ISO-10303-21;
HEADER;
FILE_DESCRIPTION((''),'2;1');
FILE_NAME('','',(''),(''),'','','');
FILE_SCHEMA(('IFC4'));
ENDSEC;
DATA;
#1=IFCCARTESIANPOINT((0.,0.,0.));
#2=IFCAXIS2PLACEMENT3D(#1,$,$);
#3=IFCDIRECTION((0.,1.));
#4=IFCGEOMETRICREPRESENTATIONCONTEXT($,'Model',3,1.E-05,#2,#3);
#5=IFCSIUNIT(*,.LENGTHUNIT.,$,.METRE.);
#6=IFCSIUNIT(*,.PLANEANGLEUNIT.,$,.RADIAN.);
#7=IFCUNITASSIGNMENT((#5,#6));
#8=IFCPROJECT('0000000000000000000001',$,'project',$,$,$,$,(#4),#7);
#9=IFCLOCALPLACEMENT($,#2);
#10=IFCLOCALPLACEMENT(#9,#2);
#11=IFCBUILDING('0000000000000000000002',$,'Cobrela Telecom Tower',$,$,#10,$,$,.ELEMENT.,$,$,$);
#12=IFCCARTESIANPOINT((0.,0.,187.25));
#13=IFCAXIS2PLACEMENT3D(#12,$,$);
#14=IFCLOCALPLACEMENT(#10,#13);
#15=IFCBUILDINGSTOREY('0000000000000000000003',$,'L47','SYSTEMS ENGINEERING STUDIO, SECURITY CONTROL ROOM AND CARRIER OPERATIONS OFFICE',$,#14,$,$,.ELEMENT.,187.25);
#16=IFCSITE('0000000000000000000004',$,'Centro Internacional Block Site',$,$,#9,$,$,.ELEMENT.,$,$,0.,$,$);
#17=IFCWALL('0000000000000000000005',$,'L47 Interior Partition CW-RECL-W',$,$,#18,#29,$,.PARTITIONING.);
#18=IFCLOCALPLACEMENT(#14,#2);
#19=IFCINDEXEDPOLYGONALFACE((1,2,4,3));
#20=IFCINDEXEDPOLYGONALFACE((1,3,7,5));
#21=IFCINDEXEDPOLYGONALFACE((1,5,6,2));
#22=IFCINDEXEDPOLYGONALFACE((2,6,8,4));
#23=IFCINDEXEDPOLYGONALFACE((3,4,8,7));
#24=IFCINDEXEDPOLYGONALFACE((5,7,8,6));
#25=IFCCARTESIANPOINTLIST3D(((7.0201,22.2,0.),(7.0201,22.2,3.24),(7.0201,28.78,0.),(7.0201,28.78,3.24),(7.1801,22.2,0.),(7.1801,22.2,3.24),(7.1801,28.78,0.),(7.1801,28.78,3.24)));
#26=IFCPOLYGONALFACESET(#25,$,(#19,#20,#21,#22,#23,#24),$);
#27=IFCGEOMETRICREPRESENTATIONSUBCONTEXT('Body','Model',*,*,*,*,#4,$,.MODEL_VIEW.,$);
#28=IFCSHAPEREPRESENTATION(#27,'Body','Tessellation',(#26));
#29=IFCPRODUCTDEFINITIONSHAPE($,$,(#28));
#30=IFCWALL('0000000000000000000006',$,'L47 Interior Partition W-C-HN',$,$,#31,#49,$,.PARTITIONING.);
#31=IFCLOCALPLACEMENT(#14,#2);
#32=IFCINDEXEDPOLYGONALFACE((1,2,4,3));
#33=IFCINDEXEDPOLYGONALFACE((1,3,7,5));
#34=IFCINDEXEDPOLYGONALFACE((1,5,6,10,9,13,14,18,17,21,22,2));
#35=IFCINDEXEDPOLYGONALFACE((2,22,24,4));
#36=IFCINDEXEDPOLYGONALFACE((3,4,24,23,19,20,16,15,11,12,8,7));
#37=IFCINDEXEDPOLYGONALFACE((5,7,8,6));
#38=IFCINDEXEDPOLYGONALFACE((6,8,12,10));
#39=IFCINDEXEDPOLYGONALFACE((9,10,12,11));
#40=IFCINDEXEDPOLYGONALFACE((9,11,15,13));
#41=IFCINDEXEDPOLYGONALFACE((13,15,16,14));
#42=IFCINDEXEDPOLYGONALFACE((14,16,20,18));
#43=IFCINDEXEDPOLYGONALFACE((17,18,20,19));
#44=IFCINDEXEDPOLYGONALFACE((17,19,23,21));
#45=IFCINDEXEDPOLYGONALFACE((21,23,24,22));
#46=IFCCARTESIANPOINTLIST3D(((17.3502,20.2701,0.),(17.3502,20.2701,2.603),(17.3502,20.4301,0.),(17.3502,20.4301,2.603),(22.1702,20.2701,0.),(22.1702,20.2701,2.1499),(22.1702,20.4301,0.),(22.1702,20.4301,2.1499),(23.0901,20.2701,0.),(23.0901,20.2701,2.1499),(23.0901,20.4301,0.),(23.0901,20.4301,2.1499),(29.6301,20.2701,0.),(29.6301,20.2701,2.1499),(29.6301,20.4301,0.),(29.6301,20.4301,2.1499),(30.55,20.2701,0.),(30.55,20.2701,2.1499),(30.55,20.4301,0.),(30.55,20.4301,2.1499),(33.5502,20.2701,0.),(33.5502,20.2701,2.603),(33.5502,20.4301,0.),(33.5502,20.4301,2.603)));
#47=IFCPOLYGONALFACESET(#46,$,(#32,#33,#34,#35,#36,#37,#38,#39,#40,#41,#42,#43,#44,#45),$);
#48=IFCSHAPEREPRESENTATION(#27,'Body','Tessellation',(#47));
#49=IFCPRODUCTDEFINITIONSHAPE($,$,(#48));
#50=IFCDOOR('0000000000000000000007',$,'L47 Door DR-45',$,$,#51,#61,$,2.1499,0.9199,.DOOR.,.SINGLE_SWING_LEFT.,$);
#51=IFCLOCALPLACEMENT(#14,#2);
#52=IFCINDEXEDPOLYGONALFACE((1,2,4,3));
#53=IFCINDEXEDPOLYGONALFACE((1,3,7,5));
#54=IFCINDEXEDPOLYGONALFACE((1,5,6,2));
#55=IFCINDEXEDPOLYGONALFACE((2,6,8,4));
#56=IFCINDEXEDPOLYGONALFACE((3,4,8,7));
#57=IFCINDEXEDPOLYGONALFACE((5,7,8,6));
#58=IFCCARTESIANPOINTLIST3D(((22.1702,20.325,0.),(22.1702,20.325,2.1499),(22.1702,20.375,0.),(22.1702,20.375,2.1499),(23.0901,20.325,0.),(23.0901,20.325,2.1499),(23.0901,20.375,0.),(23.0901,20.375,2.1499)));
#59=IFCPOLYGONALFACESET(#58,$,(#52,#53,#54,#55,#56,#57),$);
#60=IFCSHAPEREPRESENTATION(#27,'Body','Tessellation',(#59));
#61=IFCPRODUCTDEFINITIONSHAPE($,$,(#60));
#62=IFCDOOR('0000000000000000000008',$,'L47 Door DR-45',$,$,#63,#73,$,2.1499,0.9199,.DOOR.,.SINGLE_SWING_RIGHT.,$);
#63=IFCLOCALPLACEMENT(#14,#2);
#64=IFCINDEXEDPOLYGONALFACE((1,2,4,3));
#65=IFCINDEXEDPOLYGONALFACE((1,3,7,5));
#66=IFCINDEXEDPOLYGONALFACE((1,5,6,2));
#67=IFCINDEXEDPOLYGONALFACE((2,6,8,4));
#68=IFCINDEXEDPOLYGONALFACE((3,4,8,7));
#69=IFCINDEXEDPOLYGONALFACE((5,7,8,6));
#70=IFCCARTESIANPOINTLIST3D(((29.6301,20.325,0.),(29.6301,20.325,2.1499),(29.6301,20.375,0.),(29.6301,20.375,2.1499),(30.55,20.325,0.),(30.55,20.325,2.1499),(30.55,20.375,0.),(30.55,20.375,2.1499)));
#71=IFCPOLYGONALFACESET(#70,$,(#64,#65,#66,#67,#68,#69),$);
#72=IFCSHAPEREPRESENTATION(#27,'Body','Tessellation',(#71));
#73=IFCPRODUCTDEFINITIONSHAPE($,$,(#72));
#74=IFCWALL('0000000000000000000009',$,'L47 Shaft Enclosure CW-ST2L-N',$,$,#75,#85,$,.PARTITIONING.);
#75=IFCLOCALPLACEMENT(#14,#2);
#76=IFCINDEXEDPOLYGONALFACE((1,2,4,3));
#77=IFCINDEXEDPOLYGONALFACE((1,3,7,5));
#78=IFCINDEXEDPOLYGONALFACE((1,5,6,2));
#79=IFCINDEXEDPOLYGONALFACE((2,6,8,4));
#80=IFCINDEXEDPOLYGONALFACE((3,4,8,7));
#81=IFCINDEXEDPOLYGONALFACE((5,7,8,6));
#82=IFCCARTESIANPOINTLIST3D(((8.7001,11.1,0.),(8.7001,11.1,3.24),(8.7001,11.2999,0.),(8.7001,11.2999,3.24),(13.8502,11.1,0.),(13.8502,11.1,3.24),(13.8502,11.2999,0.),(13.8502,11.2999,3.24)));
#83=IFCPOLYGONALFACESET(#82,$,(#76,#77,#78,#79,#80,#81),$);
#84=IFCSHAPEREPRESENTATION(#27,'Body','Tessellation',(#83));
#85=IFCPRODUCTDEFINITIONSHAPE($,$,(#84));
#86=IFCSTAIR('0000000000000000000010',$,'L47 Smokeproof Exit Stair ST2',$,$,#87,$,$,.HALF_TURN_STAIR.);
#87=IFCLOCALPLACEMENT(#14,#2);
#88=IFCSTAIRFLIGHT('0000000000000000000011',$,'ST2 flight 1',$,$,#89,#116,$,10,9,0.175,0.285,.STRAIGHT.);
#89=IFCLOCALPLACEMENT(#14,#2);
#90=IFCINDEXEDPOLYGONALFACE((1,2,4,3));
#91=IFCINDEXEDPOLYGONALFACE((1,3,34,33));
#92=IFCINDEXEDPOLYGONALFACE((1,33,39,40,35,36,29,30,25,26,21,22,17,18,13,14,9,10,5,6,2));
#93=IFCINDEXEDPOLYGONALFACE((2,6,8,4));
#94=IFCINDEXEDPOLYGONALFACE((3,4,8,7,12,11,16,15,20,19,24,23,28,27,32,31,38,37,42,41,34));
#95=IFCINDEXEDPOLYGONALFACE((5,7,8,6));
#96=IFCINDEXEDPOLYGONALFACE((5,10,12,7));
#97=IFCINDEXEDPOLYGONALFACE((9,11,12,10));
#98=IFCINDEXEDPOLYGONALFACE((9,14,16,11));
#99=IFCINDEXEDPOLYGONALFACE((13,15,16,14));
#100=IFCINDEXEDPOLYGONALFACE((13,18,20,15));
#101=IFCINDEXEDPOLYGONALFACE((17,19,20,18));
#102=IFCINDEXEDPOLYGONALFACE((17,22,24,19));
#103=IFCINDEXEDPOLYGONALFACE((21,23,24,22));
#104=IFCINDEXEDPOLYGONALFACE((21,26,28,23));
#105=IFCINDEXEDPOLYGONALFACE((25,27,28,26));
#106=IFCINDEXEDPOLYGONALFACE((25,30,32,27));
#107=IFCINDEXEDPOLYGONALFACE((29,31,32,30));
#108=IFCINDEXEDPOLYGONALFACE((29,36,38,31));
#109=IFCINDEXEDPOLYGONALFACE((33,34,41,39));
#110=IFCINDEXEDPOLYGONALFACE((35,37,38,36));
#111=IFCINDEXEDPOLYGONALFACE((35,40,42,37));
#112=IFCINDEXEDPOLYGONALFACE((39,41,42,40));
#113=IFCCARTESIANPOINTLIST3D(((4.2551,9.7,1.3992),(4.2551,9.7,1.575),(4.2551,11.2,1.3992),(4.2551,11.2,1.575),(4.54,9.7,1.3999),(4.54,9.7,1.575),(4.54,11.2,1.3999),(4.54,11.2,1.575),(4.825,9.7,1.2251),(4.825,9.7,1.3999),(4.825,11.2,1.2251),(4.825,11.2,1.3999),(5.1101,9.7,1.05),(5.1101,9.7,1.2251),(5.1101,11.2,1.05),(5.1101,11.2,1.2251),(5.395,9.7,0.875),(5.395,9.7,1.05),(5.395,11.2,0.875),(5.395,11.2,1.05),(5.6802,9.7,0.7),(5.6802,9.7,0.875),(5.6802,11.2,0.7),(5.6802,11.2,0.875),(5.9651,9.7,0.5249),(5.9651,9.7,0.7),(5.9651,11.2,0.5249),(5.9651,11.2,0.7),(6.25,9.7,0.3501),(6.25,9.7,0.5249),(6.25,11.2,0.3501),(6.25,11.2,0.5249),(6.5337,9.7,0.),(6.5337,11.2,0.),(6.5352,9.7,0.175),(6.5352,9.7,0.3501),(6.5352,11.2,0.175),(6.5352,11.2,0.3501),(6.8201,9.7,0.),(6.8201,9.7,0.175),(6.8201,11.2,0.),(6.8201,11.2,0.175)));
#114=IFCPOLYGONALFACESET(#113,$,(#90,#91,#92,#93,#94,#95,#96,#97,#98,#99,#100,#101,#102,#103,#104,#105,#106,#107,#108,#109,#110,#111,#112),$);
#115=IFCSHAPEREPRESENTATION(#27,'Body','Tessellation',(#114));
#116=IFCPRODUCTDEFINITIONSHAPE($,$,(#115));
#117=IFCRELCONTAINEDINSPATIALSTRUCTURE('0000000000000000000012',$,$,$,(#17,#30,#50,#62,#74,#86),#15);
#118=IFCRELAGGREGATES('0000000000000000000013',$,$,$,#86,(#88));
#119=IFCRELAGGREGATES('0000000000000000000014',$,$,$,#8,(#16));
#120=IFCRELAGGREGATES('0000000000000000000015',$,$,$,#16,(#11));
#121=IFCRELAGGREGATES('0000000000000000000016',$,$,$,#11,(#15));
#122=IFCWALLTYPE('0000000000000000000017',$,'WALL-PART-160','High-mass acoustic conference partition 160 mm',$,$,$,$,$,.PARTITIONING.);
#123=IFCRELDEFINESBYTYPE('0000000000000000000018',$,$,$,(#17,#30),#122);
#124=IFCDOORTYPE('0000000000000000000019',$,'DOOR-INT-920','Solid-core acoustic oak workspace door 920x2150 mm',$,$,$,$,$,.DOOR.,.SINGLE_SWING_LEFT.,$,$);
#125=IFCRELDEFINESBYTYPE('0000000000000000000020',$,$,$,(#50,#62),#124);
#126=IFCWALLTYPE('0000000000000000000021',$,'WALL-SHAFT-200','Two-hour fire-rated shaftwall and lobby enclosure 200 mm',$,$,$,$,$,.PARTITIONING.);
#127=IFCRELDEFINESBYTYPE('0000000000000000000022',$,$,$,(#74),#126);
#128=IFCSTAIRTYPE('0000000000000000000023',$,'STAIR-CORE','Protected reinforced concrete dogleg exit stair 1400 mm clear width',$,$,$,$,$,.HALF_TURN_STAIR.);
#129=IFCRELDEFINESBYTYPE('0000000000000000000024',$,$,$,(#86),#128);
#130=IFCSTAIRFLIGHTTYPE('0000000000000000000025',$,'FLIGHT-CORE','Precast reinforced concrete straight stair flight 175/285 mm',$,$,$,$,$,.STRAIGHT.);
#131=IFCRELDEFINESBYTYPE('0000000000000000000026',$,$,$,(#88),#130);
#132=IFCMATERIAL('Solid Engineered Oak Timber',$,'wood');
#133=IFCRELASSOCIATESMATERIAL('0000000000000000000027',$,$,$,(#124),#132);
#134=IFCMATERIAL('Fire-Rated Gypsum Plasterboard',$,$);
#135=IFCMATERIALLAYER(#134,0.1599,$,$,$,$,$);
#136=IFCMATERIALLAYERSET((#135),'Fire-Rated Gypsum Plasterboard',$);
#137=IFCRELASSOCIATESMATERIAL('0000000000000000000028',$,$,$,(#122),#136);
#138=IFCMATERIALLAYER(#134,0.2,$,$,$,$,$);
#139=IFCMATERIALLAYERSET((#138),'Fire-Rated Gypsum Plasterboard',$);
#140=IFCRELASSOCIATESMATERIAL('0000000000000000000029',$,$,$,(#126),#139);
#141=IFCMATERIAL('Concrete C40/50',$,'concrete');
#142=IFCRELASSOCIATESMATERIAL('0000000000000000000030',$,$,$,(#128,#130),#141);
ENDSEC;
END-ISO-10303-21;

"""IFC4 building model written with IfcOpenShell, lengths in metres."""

from ifc_helpers import new_model, si_unit, direction, frame, frame_2d, origin, place, context, subcontext, project, spatial, polyline, rectangle, outline, extrude, material, layer, layer_set, type_object, element, fill, aggregate, save


model = new_model("IFC4")

# Units and contexts
model_context = context("Model", 3, precision=1e-05, world=origin(), true_north=direction((0.0, 1.0)))
body_context = subcontext(model_context, "Body", "Model", "MODEL_VIEW")
ifc_project = project(units=[si_unit("LENGTHUNIT", "METRE"), si_unit("PLANEANGLEUNIT", "RADIAN")], contexts=[model_context])

# Site, building, storey
site_placement = place(None, origin())
site = spatial("IfcSite", under=ifc_project, at=site_placement, Name="Centro Internacional Block Site", CompositionType="ELEMENT", RefElevation=0.0)
building_placement = place(site_placement, origin())
building = spatial("IfcBuilding", under=site, at=building_placement, Name="Cobrela Telecom Tower", CompositionType="ELEMENT")
storey_placement = place(building_placement, frame((0.0, 0.0, 187.25)))
storey = spatial("IfcBuildingStorey", under=building, at=storey_placement, Name="L47", Description="SYSTEMS ENGINEERING STUDIO, SECURITY CONTROL ROOM AND CARRIER OPERATIONS OFFICE", CompositionType="ELEMENT", Elevation=187.25)

# Shared definitions
ifc_material_1 = material(Name="Fire-Rated Gypsum Plasterboard")
ifc_material_2 = material(Name="Solid Engineered Oak Timber", Category="wood")
door_type_1 = type_object("IfcDoorType", Name="DOOR-INT-920", Description="Solid-core acoustic oak workspace door 920x2150 mm", OperationType="SINGLE_SWING_LEFT", PredefinedType="DOOR", material=ifc_material_2)

# Wall
ifc_layer_1 = layer(ifc_material_1, 0.1599)
ifc_layer_set_1 = layer_set([ifc_layer_1], Name="Fire-Rated Gypsum Plasterboard")
wall_type_1 = type_object("IfcWallType", Name="WALL-PART-160", Description="High-mass acoustic conference partition 160 mm", PredefinedType="PARTITIONING", material=ifc_layer_set_1)
wall_1_placement = place(storey_placement, frame((7.1001, 22.2, 0.0), z_axis=(0.0, 0.0, 1.0), x_axis=(0.0, 1.0, 0.0)))
element("IfcWall", 1, at=wall_1_placement, inside=storey, type_object=wall_type_1, Name="L47 Interior Partition CW-RECL-W", PredefinedType="PARTITIONING", context=body_context, shape_type="SweptSolid", body=[
    extrude(rectangle(XDim=6.5801, YDim=0.1599, at=frame_2d((3.29, 0.0))), origin(), (0.0, 0.0, 1.0), 3.24),
])

# Wall, openings, doors
wall_2_placement = place(storey_placement, frame((17.3501, 20.3501, 0.0), z_axis=(0.0, 0.0, 1.0), x_axis=(1.0, 0.0, 0.0)))
wall_2 = element("IfcWall", 2, at=wall_2_placement, inside=storey, type_object=wall_type_1, Name="L47 Interior Partition W-C-HN", PredefinedType="PARTITIONING", context=body_context, shape_type="SweptSolid", body=[
    extrude(rectangle(XDim=16.2, YDim=0.1599, at=frame_2d((8.1001, 0.0))), origin(), (0.0, 0.0, 1.0), 2.603),
])
opening_1_placement = place(wall_2_placement, frame((4.8201, 0.0, 0.0)))
opening_1 = element("IfcOpeningElement", 3, at=opening_1_placement, cuts=wall_2, PredefinedType="OPENING", context=body_context, shape_type="SweptSolid", body=[
    extrude(rectangle(XDim=0.9199, YDim=2.1499, at=frame_2d((0.46, 1.075))), frame((0.0, 0.0918, 0.0), z_axis=(0.0, -1.0, 0.0), x_axis=(1.0, 0.0, 0.0)), (0.0, 0.0, 1.0), 0.1838),
])
opening_2_placement = place(wall_2_placement, frame((12.28, 0.0, 0.0)))
opening_2 = element("IfcOpeningElement", 4, at=opening_2_placement, cuts=wall_2, PredefinedType="OPENING", context=body_context, shape_type="SweptSolid", body=[
    extrude(rectangle(XDim=0.9199, YDim=2.1499, at=frame_2d((0.46, 1.075))), frame((0.0, 0.0918, 0.0), z_axis=(0.0, -1.0, 0.0), x_axis=(1.0, 0.0, 0.0)), (0.0, 0.0, 1.0), 0.1838),
])
door_1_placement = place(opening_1_placement, origin())
door_1 = element("IfcDoor", 5, at=door_1_placement, inside=storey, type_object=door_type_1, Name="L47 Door DR-45", OperationType="SINGLE_SWING_LEFT", OverallHeight=2.1499, OverallWidth=0.9199, PredefinedType="DOOR", context=body_context, shape_type="SweptSolid", body=[
    extrude(rectangle(XDim=0.9199, YDim=2.1499, at=frame_2d((0.46, 1.075))), frame((0.0, 0.0249, 0.0), z_axis=(0.0, -1.0, 0.0), x_axis=(1.0, 0.0, 0.0)), (0.0, 0.0, 1.0), 0.05),
])
fill(opening_1, door_1)
door_2_placement = place(opening_2_placement, origin())
door_2 = element("IfcDoor", 6, at=door_2_placement, inside=storey, type_object=door_type_1, Name="L47 Door DR-45", OperationType="SINGLE_SWING_RIGHT", OverallHeight=2.1499, OverallWidth=0.9199, PredefinedType="DOOR", context=body_context, shape_type="SweptSolid", body=[
    extrude(rectangle(XDim=0.9199, YDim=2.1499, at=frame_2d((0.46, 1.075))), frame((0.0, 0.0249, 0.0), z_axis=(0.0, -1.0, 0.0), x_axis=(1.0, 0.0, 0.0)), (0.0, 0.0, 1.0), 0.05),
])
fill(opening_2, door_2)

# Wall
ifc_layer_2 = layer(ifc_material_1, 0.2)
ifc_layer_set_2 = layer_set([ifc_layer_2], Name="Fire-Rated Gypsum Plasterboard")
wall_type_2 = type_object("IfcWallType", Name="WALL-SHAFT-200", Description="Two-hour fire-rated shaftwall and lobby enclosure 200 mm", PredefinedType="PARTITIONING", material=ifc_layer_set_2)
wall_3_placement = place(storey_placement, frame((8.7, 11.2, 0.0), z_axis=(0.0, 0.0, 1.0), x_axis=(1.0, 0.0, 0.0)))
element("IfcWall", 7, at=wall_3_placement, inside=storey, type_object=wall_type_2, Name="L47 Shaft Enclosure CW-ST2L-N", PredefinedType="PARTITIONING", context=body_context, shape_type="SweptSolid", body=[
    extrude(rectangle(XDim=5.1501, YDim=0.2, at=frame_2d((2.5752, 0.0))), origin(), (0.0, 0.0, 1.0), 3.24),
])

# Stair, stair flight
ifc_material_3 = material(Name="Concrete C40/50", Category="concrete")
stair_type = type_object("IfcStairType", Name="STAIR-CORE", Description="Protected reinforced concrete dogleg exit stair 1400 mm clear width", PredefinedType="HALF_TURN_STAIR", material=ifc_material_3)
stair_placement = place(storey_placement, origin())
stair = element("IfcStair", 8, at=stair_placement, inside=storey, type_object=stair_type, Name="L47 Smokeproof Exit Stair ST2", PredefinedType="HALF_TURN_STAIR")
stair_flight_type = type_object("IfcStairFlightType", Name="FLIGHT-CORE", Description="Precast reinforced concrete straight stair flight 175/285 mm", PredefinedType="STRAIGHT", material=ifc_material_3)
stair_flight_placement = place(storey_placement, frame((6.8201, 10.45, 0.0), z_axis=(0.0, 0.0, 1.0), x_axis=(-1.0, 0.0, 0.0)))
stair_flight = element("IfcStairFlight", 9, at=stair_flight_placement, type_object=stair_flight_type, Name="ST2 flight 1", NumberOfRisers=10, NumberOfTreads=9, PredefinedType="STRAIGHT", RiserHeight=0.175, TreadLength=0.285, context=body_context, shape_type="SweptSolid", body=[
    extrude(outline(polyline([(0.0, 0.0), (0.0, 0.175), (0.2849, 0.175), (0.2849, 0.3501), (0.5701, 0.3501), (0.5701, 0.5249), (0.855, 0.5249), (0.855, 0.7), (1.1399, 0.7), (1.1399, 0.875), (1.425, 0.875), (1.425, 1.05), (1.71, 1.05), (1.71, 1.2251), (1.9951, 1.2251), (1.9951, 1.3999), (2.28, 1.3999), (2.28, 1.575), (2.5649, 1.575), (2.5649, 1.75), (2.5649, 1.3992), (0.2864, 0.0), (0.0, 0.0)])), frame((0.0, 0.75, 0.0), z_axis=(0.0, -1.0, 0.0), x_axis=(1.0, 0.0, 0.0)), (0.0, 0.0, 1.0), 1.5),
])
aggregate(stair, [stair_flight])

save(model, "model.ifc")
